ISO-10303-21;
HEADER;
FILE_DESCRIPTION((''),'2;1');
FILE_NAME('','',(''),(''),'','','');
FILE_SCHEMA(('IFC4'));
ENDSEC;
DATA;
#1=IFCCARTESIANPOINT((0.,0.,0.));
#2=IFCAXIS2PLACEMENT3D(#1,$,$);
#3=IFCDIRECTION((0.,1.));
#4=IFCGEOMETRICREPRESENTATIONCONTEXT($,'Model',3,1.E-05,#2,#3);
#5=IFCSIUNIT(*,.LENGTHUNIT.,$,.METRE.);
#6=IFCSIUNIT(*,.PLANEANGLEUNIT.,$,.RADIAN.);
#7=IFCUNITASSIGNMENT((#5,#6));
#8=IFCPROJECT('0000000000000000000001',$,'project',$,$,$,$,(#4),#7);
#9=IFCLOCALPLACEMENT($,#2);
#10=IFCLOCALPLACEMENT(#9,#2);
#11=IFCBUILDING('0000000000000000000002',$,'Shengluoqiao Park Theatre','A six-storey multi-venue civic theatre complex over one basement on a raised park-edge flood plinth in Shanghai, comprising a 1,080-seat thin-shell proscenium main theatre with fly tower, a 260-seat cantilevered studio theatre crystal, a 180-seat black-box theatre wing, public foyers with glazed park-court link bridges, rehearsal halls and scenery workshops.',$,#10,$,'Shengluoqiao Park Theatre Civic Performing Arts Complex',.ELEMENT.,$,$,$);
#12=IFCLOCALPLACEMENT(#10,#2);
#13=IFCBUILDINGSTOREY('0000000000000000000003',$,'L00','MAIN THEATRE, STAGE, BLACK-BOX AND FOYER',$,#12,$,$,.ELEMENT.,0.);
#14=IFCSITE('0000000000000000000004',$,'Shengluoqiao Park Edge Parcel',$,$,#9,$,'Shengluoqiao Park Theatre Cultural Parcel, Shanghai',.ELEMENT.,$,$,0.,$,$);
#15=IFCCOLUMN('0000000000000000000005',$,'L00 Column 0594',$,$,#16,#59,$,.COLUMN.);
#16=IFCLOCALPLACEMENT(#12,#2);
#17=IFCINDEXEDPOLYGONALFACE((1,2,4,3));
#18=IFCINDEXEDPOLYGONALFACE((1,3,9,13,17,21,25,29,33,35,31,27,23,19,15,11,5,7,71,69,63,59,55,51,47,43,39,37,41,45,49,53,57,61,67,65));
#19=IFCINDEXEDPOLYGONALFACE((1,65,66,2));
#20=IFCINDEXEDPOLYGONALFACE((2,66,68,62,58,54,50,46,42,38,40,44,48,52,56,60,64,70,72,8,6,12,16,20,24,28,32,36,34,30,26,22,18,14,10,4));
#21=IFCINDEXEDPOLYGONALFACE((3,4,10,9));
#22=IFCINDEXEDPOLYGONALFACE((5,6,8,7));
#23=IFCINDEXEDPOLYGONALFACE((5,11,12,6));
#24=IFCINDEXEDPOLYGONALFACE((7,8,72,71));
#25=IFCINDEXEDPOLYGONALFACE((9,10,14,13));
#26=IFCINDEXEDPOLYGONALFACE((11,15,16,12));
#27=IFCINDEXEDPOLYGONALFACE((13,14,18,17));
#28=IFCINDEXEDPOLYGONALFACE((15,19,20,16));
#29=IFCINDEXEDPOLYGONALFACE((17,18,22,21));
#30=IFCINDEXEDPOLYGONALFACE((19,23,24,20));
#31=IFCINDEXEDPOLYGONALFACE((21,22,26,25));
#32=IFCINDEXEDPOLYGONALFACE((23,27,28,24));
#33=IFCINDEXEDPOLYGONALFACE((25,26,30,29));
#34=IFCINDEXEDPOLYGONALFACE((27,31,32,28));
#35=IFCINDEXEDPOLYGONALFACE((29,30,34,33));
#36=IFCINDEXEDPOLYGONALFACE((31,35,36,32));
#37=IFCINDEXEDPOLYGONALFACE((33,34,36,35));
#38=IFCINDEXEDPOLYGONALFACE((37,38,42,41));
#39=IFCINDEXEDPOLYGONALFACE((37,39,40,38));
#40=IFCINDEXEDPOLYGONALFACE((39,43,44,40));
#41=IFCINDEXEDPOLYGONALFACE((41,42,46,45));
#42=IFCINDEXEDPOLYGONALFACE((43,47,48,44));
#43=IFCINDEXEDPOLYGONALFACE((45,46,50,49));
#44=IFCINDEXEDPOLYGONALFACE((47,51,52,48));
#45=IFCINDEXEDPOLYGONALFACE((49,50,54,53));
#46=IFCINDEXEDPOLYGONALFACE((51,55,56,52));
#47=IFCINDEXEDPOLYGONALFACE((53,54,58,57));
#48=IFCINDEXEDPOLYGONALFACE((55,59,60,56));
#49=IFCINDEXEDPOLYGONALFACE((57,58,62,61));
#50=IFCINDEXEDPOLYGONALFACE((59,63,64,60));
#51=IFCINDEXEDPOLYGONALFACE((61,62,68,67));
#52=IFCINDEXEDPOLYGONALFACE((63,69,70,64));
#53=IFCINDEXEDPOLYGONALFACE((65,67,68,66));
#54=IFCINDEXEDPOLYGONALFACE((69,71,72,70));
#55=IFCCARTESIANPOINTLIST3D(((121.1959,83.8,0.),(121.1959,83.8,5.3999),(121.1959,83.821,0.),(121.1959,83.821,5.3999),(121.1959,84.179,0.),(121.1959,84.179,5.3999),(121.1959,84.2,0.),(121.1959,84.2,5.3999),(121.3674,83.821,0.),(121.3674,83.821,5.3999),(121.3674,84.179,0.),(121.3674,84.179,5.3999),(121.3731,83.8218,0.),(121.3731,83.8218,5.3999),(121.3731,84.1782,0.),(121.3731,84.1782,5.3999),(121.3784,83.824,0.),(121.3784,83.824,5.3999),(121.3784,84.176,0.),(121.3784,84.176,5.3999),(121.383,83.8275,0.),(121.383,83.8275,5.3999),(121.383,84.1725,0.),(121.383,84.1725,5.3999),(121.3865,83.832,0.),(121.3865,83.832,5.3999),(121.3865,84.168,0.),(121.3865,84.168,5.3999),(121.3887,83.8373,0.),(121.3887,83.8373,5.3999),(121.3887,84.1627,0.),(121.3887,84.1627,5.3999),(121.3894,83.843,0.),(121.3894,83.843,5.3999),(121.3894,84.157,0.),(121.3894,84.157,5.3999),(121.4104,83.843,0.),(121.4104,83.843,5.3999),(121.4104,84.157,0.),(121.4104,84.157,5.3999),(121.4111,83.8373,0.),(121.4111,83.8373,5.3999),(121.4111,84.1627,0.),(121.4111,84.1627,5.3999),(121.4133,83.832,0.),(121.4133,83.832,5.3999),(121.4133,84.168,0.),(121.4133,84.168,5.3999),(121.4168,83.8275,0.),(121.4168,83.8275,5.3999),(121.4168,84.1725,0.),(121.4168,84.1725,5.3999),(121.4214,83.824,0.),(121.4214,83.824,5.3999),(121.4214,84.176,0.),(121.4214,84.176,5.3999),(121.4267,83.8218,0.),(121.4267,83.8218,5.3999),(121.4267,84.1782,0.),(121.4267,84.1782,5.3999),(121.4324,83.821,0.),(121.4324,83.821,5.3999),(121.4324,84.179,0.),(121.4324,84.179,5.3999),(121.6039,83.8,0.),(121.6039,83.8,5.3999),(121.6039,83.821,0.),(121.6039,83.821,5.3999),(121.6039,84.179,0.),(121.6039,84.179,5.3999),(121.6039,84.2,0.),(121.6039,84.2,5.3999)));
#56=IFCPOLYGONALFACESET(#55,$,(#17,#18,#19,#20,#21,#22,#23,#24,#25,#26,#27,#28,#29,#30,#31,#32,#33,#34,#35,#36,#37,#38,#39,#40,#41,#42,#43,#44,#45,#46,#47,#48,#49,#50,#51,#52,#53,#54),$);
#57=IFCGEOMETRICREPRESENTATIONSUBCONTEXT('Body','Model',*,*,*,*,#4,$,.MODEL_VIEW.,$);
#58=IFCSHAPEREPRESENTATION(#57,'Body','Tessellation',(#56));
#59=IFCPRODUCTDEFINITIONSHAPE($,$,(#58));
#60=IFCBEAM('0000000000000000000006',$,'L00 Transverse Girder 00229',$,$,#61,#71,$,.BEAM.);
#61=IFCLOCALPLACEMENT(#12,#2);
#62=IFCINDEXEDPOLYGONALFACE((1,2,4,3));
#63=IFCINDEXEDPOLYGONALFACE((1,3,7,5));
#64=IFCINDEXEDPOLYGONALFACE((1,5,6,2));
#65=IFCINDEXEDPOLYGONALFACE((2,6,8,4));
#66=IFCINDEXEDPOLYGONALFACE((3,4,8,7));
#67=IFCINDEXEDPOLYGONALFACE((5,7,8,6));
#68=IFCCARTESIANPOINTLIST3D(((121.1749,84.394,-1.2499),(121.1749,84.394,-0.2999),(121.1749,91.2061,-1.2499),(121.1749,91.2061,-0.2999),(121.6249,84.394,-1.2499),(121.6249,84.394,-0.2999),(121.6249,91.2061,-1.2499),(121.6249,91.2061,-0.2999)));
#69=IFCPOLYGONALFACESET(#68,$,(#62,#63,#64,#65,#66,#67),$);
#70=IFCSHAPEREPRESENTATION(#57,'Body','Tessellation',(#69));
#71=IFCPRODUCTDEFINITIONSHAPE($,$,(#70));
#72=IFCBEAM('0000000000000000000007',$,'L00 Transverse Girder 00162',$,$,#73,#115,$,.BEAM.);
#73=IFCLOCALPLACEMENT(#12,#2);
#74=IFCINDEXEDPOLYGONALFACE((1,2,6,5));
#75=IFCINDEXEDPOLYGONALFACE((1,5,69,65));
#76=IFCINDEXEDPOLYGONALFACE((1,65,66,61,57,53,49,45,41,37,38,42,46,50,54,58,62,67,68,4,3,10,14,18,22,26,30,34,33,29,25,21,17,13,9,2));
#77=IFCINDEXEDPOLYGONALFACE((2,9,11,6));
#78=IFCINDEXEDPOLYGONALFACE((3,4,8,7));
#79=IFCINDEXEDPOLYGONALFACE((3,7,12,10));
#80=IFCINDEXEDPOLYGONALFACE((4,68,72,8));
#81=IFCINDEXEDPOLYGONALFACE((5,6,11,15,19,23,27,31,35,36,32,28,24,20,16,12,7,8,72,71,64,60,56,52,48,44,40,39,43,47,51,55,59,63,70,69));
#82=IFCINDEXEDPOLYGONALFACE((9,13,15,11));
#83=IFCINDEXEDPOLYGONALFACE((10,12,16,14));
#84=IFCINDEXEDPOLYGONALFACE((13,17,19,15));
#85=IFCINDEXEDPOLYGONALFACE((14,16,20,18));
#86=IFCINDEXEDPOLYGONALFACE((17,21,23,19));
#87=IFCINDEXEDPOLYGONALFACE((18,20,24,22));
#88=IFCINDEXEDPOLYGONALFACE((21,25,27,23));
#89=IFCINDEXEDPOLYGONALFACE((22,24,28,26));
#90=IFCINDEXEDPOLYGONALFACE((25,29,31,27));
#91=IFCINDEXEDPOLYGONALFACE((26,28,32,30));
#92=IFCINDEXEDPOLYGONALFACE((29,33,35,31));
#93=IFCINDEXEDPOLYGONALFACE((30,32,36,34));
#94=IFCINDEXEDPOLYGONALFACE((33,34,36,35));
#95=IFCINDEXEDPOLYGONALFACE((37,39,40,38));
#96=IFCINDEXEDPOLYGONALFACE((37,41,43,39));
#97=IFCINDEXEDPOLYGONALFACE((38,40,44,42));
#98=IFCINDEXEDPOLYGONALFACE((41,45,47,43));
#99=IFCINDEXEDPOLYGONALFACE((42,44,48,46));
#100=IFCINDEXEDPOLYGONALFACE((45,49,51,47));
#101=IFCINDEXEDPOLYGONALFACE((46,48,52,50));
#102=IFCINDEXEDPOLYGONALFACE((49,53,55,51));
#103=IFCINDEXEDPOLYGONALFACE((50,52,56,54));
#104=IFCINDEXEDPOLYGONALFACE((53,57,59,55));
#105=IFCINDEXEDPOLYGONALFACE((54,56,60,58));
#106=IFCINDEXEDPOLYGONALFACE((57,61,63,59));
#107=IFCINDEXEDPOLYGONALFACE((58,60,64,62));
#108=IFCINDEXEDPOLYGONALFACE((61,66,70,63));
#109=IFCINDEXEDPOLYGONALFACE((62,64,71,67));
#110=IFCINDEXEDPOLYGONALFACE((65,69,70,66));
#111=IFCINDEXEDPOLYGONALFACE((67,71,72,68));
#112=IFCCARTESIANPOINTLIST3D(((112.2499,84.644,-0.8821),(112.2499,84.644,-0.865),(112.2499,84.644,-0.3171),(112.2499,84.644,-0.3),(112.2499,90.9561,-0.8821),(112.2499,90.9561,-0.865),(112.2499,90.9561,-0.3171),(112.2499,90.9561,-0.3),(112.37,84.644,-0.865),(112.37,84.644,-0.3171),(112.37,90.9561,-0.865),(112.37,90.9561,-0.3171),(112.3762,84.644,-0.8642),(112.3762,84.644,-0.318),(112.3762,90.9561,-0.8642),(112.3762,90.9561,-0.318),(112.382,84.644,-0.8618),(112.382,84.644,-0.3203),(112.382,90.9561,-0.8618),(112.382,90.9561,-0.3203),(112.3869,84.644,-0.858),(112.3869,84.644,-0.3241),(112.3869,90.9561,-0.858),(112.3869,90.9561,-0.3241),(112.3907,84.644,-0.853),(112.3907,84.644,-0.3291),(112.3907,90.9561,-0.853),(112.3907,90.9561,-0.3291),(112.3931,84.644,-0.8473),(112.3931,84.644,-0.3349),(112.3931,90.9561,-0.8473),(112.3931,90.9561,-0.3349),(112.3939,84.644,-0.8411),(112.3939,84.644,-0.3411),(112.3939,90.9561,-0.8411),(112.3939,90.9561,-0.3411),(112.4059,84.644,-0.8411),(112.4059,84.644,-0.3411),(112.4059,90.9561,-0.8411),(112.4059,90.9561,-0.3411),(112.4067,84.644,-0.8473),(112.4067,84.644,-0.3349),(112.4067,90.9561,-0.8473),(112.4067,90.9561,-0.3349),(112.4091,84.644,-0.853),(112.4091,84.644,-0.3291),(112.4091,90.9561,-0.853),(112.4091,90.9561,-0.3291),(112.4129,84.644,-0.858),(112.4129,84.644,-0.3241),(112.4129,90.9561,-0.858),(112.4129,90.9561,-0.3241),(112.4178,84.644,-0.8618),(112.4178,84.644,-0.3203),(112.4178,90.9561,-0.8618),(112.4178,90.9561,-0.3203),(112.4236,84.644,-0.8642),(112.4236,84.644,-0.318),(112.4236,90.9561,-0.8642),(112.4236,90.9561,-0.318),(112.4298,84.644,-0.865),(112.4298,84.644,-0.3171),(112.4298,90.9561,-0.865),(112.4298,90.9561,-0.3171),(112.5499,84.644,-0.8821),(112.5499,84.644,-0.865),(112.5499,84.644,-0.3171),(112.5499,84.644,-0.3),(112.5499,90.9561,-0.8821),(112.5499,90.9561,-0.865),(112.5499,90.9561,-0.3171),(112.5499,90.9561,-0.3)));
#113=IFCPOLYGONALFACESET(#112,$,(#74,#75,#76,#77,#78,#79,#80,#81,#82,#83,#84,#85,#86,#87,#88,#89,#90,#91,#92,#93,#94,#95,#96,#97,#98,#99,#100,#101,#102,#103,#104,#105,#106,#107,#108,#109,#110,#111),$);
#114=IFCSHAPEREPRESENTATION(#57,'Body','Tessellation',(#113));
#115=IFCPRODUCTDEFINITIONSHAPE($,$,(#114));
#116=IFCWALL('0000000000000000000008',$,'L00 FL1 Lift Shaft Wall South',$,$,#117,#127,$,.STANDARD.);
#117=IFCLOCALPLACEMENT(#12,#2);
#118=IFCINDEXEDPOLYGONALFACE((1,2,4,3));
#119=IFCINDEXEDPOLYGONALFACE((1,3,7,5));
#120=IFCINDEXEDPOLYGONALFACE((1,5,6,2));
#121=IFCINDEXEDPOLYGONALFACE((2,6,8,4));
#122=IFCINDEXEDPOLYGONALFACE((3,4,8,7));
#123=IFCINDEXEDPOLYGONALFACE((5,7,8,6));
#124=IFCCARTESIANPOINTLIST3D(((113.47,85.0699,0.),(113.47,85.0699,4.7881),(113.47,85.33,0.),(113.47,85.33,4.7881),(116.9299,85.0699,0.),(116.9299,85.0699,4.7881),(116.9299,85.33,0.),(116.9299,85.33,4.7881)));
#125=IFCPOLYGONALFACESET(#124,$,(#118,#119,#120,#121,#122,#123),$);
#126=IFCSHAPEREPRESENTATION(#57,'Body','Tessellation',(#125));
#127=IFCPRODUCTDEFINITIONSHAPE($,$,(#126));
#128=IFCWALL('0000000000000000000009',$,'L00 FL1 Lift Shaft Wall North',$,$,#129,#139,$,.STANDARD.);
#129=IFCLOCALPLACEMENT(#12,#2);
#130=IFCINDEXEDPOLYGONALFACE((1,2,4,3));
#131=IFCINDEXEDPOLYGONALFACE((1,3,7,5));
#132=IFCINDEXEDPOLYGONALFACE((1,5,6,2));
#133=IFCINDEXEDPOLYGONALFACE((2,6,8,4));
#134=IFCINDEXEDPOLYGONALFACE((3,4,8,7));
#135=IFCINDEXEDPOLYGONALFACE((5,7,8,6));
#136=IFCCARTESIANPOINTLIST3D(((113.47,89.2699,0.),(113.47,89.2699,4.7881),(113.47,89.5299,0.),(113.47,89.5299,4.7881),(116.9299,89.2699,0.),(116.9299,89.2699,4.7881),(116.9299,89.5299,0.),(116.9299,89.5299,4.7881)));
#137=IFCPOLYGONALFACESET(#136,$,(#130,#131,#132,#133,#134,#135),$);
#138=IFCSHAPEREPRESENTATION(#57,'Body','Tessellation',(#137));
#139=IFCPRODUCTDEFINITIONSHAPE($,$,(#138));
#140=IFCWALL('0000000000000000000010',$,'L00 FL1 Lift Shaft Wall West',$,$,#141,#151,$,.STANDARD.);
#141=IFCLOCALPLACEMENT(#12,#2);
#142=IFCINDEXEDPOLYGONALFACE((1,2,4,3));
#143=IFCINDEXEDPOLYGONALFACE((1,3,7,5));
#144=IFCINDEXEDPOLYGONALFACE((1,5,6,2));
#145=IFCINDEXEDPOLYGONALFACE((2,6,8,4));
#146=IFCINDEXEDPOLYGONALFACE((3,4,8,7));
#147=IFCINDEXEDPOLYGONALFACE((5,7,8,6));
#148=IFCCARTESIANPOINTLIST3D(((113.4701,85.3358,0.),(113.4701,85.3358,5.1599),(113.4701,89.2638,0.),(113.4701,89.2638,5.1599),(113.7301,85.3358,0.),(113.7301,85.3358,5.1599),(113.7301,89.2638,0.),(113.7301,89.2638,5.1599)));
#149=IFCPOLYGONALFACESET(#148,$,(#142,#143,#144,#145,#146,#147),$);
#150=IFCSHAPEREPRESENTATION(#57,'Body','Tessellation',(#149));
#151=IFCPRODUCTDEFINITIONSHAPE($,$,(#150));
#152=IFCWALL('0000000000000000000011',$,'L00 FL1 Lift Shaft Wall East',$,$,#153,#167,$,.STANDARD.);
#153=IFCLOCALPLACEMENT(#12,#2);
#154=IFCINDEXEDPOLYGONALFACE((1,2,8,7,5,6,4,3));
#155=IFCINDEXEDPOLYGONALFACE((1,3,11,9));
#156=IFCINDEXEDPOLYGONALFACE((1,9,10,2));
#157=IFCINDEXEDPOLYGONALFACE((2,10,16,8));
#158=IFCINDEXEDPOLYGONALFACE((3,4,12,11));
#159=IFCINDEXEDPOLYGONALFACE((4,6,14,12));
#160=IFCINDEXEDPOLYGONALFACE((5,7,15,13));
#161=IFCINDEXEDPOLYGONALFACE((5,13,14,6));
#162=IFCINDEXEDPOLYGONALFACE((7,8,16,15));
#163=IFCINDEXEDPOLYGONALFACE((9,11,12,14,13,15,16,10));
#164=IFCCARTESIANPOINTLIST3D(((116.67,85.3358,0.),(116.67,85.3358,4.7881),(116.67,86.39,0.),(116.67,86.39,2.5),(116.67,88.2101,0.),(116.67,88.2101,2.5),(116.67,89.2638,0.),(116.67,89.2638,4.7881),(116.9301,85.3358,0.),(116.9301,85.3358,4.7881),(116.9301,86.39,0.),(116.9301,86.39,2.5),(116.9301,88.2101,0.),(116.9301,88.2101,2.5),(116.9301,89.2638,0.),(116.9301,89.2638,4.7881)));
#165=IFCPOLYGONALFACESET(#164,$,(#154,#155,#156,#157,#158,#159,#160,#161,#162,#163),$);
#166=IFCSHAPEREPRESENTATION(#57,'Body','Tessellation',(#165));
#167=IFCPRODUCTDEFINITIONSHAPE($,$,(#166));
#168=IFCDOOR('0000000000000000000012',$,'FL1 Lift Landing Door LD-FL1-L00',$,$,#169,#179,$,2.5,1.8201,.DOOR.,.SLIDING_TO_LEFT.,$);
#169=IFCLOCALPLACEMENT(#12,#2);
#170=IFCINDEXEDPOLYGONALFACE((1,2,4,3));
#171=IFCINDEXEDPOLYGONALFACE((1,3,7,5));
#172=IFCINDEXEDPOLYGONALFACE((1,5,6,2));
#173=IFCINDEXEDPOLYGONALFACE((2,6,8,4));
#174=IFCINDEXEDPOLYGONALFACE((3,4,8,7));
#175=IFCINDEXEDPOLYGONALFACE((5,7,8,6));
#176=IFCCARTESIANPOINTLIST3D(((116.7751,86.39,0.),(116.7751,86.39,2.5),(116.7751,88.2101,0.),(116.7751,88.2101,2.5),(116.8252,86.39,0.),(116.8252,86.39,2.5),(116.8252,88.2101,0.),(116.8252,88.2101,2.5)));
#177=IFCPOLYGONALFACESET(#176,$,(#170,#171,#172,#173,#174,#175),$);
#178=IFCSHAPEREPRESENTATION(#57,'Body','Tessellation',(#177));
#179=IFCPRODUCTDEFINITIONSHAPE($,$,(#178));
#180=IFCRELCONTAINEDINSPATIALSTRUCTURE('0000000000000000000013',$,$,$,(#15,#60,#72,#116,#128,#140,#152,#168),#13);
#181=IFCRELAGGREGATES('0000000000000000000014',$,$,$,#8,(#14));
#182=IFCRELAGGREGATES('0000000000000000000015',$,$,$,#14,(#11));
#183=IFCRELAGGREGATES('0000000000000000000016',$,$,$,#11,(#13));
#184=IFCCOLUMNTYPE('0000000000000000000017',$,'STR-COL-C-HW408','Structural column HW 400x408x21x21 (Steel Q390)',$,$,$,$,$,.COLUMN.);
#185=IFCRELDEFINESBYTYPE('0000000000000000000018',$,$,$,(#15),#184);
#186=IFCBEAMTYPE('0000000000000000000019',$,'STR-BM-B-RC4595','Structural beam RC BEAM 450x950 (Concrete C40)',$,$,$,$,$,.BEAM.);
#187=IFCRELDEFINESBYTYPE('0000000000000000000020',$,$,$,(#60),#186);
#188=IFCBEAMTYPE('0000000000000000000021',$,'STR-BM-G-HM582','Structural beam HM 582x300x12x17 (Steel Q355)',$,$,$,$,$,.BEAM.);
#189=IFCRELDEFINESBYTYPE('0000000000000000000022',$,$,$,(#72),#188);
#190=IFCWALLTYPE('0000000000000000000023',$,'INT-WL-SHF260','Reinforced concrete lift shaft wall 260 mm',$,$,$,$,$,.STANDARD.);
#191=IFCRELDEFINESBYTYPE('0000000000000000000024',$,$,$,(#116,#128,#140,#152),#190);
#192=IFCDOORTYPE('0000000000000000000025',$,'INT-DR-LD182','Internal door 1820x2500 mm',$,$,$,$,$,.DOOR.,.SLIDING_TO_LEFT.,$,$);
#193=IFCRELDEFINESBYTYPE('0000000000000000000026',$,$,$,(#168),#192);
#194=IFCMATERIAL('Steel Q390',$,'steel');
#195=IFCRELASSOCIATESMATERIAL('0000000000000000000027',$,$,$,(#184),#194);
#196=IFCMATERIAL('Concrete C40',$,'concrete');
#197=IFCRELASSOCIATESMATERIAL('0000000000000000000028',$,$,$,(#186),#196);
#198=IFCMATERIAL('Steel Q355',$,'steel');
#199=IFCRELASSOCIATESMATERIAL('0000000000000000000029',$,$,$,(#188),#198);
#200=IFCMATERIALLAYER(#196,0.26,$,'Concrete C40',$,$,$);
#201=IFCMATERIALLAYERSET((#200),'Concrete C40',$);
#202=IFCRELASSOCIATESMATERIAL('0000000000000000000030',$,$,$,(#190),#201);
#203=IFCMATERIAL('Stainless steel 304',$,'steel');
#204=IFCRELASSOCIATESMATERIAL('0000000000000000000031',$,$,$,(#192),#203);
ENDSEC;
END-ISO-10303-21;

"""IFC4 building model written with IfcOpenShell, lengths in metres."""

from ifc_helpers import new_model, si_unit, direction, frame, frame_2d, origin, origin_2d, place, context, subcontext, project, spatial, rectangle, i_section, extrude, material, layer, layer_set, material_profile, profile_set, type_object, element, fill, save


model = new_model("IFC4")

# Units and contexts
model_context = context("Model", 3, precision=1e-05, world=origin(), true_north=direction((0.0, 1.0)))
body_context = subcontext(model_context, "Body", "Model", "MODEL_VIEW")
ifc_project = project(units=[si_unit("LENGTHUNIT", "METRE"), si_unit("PLANEANGLEUNIT", "RADIAN")], contexts=[model_context])

# Site, building, storey
site_placement = place(None, origin())
site = spatial("IfcSite", under=ifc_project, at=site_placement, Name="Shengluoqiao Park Edge Parcel", LongName="Shengluoqiao Park Theatre Cultural Parcel, Shanghai", CompositionType="ELEMENT", RefElevation=0.0)
building_placement = place(site_placement, origin())
building = spatial("IfcBuilding", under=site, at=building_placement, Name="Shengluoqiao Park Theatre", Description="A six-storey multi-venue civic theatre complex over one basement on a raised park-edge flood plinth in Shanghai, comprising a 1,080-seat thin-shell proscenium main theatre with fly tower, a 260-seat cantilevered studio theatre crystal, a 180-seat black-box theatre wing, public foyers with glazed park-court link bridges, rehearsal halls and scenery workshops.", LongName="Shengluoqiao Park Theatre Civic Performing Arts Complex", CompositionType="ELEMENT")
storey_placement = place(building_placement, origin())
storey = spatial("IfcBuildingStorey", under=building, at=storey_placement, Name="L00", Description="MAIN THEATRE, STAGE, BLACK-BOX AND FOYER", CompositionType="ELEMENT", Elevation=0.0)

# Column
ifc_material_1 = material(Name="Steel Q390", Category="steel")
ifc_material_profile_1 = material_profile(ifc_material_1, i_section(OverallWidth=0.408, OverallDepth=0.3999, WebThickness=0.021, FlangeThickness=0.021, FilletRadius=0.022, at=origin_2d()), Name="HW 400x408x21x21")
ifc_profile_set_1 = profile_set([ifc_material_profile_1], Name="Steel Q390")
column_type = type_object("IfcColumnType", Name="STR-COL-C-HW408", Description="Structural column HW 400x408x21x21 (Steel Q390)", PredefinedType="COLUMN", material=ifc_profile_set_1)
column_placement = place(storey_placement, frame((121.3999, 84.0, 0.0), z_axis=(0.0, 0.0, 1.0), x_axis=(1.0, 0.0, 0.0)))
element("IfcColumn", 1, at=column_placement, inside=storey, type_object=column_type, Name="L00 Column 0594", PredefinedType="COLUMN", context=body_context, shape_type="SweptSolid", body=[
    extrude(i_section(OverallWidth=0.408, OverallDepth=0.3999, WebThickness=0.021, FlangeThickness=0.021, FilletRadius=0.022, at=origin_2d()), origin(), (0.0, 0.0, 1.0), 5.3999),
])

# Beams
ifc_material_2 = material(Name="Concrete C40", Category="concrete")
ifc_material_profile_2 = material_profile(ifc_material_2, rectangle(XDim=0.45, YDim=0.95, at=origin_2d()), Name="RC BEAM 450x950")
ifc_profile_set_2 = profile_set([ifc_material_profile_2], Name="Concrete C40")
beam_type_1 = type_object("IfcBeamType", Name="STR-BM-B-RC4595", Description="Structural beam RC BEAM 450x950 (Concrete C40)", PredefinedType="BEAM", material=ifc_profile_set_2)
beam_1_placement = place(storey_placement, frame((121.3999, 84.394, -0.7749), z_axis=(0.0, 1.0, 0.0), x_axis=(-1.0, 0.0, 0.0)))
element("IfcBeam", 2, at=beam_1_placement, inside=storey, type_object=beam_type_1, Name="L00 Transverse Girder 00229", PredefinedType="BEAM", context=body_context, shape_type="SweptSolid", body=[
    extrude(rectangle(XDim=0.45, YDim=0.95, at=origin_2d()), origin(), (0.0, 0.0, 1.0), 6.812),
])
ifc_material_3 = material(Name="Steel Q355", Category="steel")
ifc_material_profile_3 = material_profile(ifc_material_3, i_section(OverallWidth=0.3, OverallDepth=0.582, WebThickness=0.012, FlangeThickness=0.0171, FilletRadius=0.0239, at=origin_2d()), Name="HM 582x300x12x17")
ifc_profile_set_3 = profile_set([ifc_material_profile_3], Name="Steel Q355")
beam_type_2 = type_object("IfcBeamType", Name="STR-BM-G-HM582", Description="Structural beam HM 582x300x12x17 (Steel Q355)", PredefinedType="BEAM", material=ifc_profile_set_3)
beam_2_placement = place(storey_placement, frame((112.3999, 84.644, -0.5911), z_axis=(0.0, 1.0, 0.0), x_axis=(-1.0, 0.0, 0.0)))
element("IfcBeam", 3, at=beam_2_placement, inside=storey, type_object=beam_type_2, Name="L00 Transverse Girder 00162", PredefinedType="BEAM", context=body_context, shape_type="SweptSolid", body=[
    extrude(i_section(OverallWidth=0.3, OverallDepth=0.582, WebThickness=0.012, FlangeThickness=0.0171, FilletRadius=0.0239, at=origin_2d()), origin(), (0.0, 0.0, 1.0), 6.312),
])

# Walls
ifc_layer_1 = layer(ifc_material_2, 0.26, Name="Concrete C40")
ifc_layer_set_1 = layer_set([ifc_layer_1], Name="Concrete C40")
wall_type_1 = type_object("IfcWallType", Name="INT-WL-SHF260", Description="Reinforced concrete lift shaft wall 260 mm", PredefinedType="STANDARD", material=ifc_layer_set_1)
for number, where, z_axis, x_axis, name in (
    (4, (113.47, 85.2, 0.0), (0.0, 0.0, 1.0), (1.0, 0.0, 0.0), "L00 FL1 Lift Shaft Wall South"),
    (5, (113.47, 89.3999, 0.0), (0.0, 0.0, 1.0), (1.0, 0.0, 0.0), "L00 FL1 Lift Shaft Wall North"),
):
    element("IfcWall", number, at=place(storey_placement, frame(where, z_axis=z_axis, x_axis=x_axis)), inside=storey, type_object=wall_type_1, Name=name, PredefinedType="STANDARD", context=body_context, shape_type="SweptSolid", body=[
        extrude(rectangle(XDim=3.46, YDim=0.26, at=frame_2d((1.73, 0.0))), origin(), (0.0, 0.0, 1.0), 4.7881),
    ])
wall_1_placement = place(storey_placement, frame((113.6001, 85.3359, 0.0), z_axis=(0.0, 0.0, 1.0), x_axis=(0.0, 1.0, 0.0)))
element("IfcWall", 6, at=wall_1_placement, inside=storey, type_object=wall_type_1, Name="L00 FL1 Lift Shaft Wall West", PredefinedType="STANDARD", context=body_context, shape_type="SweptSolid", body=[
    extrude(rectangle(XDim=3.928, YDim=0.26, at=frame_2d((1.9639, 0.0))), origin(), (0.0, 0.0, 1.0), 5.1599),
])

# Wall, opening, door
wall_2_placement = place(storey_placement, frame((116.8, 85.3359, 0.0), z_axis=(0.0, 0.0, 1.0), x_axis=(0.0, 1.0, 0.0)))
wall_2 = element("IfcWall", 7, at=wall_2_placement, inside=storey, type_object=wall_type_1, Name="L00 FL1 Lift Shaft Wall East", PredefinedType="STANDARD", context=body_context, shape_type="SweptSolid", body=[
    extrude(rectangle(XDim=3.928, YDim=0.26, at=frame_2d((1.9639, 0.0))), origin(), (0.0, 0.0, 1.0), 4.7881),
])
opening_1_placement = place(wall_2_placement, frame((1.054, 0.0, 0.0)))
opening_1 = element("IfcOpeningElement", 8, at=opening_1_placement, cuts=wall_2, PredefinedType="OPENING", context=body_context, shape_type="SweptSolid", body=[
    extrude(rectangle(XDim=1.8201, YDim=2.5, at=frame_2d((0.9102, 1.25))), frame((0.0, 0.1399, 0.0), z_axis=(0.0, -1.0, 0.0), x_axis=(1.0, 0.0, 0.0)), (0.0, 0.0, 1.0), 0.28),
])
ifc_material_4 = material(Name="Stainless steel 304", Category="steel")
door_type_1 = type_object("IfcDoorType", Name="INT-DR-LD182", Description="Internal door 1820x2500 mm", OperationType="SLIDING_TO_LEFT", PredefinedType="DOOR", material=ifc_material_4)
door_1_placement = place(opening_1_placement, origin())
door_1 = element("IfcDoor", 9, at=door_1_placement, inside=storey, type_object=door_type_1, Name="FL1 Lift Landing Door LD-FL1-L00", OperationType="SLIDING_TO_LEFT", OverallHeight=2.5, OverallWidth=1.8201, PredefinedType="DOOR", context=body_context, shape_type="SweptSolid", body=[
    extrude(rectangle(XDim=1.8201, YDim=2.5, at=frame_2d((0.9102, 1.25))), frame((0.0, 0.0249, 0.0), z_axis=(0.0, -1.0, 0.0), x_axis=(1.0, 0.0, 0.0)), (0.0, 0.0, 1.0), 0.05),
])
fill(opening_1, door_1)

save(model, "model.ifc")
